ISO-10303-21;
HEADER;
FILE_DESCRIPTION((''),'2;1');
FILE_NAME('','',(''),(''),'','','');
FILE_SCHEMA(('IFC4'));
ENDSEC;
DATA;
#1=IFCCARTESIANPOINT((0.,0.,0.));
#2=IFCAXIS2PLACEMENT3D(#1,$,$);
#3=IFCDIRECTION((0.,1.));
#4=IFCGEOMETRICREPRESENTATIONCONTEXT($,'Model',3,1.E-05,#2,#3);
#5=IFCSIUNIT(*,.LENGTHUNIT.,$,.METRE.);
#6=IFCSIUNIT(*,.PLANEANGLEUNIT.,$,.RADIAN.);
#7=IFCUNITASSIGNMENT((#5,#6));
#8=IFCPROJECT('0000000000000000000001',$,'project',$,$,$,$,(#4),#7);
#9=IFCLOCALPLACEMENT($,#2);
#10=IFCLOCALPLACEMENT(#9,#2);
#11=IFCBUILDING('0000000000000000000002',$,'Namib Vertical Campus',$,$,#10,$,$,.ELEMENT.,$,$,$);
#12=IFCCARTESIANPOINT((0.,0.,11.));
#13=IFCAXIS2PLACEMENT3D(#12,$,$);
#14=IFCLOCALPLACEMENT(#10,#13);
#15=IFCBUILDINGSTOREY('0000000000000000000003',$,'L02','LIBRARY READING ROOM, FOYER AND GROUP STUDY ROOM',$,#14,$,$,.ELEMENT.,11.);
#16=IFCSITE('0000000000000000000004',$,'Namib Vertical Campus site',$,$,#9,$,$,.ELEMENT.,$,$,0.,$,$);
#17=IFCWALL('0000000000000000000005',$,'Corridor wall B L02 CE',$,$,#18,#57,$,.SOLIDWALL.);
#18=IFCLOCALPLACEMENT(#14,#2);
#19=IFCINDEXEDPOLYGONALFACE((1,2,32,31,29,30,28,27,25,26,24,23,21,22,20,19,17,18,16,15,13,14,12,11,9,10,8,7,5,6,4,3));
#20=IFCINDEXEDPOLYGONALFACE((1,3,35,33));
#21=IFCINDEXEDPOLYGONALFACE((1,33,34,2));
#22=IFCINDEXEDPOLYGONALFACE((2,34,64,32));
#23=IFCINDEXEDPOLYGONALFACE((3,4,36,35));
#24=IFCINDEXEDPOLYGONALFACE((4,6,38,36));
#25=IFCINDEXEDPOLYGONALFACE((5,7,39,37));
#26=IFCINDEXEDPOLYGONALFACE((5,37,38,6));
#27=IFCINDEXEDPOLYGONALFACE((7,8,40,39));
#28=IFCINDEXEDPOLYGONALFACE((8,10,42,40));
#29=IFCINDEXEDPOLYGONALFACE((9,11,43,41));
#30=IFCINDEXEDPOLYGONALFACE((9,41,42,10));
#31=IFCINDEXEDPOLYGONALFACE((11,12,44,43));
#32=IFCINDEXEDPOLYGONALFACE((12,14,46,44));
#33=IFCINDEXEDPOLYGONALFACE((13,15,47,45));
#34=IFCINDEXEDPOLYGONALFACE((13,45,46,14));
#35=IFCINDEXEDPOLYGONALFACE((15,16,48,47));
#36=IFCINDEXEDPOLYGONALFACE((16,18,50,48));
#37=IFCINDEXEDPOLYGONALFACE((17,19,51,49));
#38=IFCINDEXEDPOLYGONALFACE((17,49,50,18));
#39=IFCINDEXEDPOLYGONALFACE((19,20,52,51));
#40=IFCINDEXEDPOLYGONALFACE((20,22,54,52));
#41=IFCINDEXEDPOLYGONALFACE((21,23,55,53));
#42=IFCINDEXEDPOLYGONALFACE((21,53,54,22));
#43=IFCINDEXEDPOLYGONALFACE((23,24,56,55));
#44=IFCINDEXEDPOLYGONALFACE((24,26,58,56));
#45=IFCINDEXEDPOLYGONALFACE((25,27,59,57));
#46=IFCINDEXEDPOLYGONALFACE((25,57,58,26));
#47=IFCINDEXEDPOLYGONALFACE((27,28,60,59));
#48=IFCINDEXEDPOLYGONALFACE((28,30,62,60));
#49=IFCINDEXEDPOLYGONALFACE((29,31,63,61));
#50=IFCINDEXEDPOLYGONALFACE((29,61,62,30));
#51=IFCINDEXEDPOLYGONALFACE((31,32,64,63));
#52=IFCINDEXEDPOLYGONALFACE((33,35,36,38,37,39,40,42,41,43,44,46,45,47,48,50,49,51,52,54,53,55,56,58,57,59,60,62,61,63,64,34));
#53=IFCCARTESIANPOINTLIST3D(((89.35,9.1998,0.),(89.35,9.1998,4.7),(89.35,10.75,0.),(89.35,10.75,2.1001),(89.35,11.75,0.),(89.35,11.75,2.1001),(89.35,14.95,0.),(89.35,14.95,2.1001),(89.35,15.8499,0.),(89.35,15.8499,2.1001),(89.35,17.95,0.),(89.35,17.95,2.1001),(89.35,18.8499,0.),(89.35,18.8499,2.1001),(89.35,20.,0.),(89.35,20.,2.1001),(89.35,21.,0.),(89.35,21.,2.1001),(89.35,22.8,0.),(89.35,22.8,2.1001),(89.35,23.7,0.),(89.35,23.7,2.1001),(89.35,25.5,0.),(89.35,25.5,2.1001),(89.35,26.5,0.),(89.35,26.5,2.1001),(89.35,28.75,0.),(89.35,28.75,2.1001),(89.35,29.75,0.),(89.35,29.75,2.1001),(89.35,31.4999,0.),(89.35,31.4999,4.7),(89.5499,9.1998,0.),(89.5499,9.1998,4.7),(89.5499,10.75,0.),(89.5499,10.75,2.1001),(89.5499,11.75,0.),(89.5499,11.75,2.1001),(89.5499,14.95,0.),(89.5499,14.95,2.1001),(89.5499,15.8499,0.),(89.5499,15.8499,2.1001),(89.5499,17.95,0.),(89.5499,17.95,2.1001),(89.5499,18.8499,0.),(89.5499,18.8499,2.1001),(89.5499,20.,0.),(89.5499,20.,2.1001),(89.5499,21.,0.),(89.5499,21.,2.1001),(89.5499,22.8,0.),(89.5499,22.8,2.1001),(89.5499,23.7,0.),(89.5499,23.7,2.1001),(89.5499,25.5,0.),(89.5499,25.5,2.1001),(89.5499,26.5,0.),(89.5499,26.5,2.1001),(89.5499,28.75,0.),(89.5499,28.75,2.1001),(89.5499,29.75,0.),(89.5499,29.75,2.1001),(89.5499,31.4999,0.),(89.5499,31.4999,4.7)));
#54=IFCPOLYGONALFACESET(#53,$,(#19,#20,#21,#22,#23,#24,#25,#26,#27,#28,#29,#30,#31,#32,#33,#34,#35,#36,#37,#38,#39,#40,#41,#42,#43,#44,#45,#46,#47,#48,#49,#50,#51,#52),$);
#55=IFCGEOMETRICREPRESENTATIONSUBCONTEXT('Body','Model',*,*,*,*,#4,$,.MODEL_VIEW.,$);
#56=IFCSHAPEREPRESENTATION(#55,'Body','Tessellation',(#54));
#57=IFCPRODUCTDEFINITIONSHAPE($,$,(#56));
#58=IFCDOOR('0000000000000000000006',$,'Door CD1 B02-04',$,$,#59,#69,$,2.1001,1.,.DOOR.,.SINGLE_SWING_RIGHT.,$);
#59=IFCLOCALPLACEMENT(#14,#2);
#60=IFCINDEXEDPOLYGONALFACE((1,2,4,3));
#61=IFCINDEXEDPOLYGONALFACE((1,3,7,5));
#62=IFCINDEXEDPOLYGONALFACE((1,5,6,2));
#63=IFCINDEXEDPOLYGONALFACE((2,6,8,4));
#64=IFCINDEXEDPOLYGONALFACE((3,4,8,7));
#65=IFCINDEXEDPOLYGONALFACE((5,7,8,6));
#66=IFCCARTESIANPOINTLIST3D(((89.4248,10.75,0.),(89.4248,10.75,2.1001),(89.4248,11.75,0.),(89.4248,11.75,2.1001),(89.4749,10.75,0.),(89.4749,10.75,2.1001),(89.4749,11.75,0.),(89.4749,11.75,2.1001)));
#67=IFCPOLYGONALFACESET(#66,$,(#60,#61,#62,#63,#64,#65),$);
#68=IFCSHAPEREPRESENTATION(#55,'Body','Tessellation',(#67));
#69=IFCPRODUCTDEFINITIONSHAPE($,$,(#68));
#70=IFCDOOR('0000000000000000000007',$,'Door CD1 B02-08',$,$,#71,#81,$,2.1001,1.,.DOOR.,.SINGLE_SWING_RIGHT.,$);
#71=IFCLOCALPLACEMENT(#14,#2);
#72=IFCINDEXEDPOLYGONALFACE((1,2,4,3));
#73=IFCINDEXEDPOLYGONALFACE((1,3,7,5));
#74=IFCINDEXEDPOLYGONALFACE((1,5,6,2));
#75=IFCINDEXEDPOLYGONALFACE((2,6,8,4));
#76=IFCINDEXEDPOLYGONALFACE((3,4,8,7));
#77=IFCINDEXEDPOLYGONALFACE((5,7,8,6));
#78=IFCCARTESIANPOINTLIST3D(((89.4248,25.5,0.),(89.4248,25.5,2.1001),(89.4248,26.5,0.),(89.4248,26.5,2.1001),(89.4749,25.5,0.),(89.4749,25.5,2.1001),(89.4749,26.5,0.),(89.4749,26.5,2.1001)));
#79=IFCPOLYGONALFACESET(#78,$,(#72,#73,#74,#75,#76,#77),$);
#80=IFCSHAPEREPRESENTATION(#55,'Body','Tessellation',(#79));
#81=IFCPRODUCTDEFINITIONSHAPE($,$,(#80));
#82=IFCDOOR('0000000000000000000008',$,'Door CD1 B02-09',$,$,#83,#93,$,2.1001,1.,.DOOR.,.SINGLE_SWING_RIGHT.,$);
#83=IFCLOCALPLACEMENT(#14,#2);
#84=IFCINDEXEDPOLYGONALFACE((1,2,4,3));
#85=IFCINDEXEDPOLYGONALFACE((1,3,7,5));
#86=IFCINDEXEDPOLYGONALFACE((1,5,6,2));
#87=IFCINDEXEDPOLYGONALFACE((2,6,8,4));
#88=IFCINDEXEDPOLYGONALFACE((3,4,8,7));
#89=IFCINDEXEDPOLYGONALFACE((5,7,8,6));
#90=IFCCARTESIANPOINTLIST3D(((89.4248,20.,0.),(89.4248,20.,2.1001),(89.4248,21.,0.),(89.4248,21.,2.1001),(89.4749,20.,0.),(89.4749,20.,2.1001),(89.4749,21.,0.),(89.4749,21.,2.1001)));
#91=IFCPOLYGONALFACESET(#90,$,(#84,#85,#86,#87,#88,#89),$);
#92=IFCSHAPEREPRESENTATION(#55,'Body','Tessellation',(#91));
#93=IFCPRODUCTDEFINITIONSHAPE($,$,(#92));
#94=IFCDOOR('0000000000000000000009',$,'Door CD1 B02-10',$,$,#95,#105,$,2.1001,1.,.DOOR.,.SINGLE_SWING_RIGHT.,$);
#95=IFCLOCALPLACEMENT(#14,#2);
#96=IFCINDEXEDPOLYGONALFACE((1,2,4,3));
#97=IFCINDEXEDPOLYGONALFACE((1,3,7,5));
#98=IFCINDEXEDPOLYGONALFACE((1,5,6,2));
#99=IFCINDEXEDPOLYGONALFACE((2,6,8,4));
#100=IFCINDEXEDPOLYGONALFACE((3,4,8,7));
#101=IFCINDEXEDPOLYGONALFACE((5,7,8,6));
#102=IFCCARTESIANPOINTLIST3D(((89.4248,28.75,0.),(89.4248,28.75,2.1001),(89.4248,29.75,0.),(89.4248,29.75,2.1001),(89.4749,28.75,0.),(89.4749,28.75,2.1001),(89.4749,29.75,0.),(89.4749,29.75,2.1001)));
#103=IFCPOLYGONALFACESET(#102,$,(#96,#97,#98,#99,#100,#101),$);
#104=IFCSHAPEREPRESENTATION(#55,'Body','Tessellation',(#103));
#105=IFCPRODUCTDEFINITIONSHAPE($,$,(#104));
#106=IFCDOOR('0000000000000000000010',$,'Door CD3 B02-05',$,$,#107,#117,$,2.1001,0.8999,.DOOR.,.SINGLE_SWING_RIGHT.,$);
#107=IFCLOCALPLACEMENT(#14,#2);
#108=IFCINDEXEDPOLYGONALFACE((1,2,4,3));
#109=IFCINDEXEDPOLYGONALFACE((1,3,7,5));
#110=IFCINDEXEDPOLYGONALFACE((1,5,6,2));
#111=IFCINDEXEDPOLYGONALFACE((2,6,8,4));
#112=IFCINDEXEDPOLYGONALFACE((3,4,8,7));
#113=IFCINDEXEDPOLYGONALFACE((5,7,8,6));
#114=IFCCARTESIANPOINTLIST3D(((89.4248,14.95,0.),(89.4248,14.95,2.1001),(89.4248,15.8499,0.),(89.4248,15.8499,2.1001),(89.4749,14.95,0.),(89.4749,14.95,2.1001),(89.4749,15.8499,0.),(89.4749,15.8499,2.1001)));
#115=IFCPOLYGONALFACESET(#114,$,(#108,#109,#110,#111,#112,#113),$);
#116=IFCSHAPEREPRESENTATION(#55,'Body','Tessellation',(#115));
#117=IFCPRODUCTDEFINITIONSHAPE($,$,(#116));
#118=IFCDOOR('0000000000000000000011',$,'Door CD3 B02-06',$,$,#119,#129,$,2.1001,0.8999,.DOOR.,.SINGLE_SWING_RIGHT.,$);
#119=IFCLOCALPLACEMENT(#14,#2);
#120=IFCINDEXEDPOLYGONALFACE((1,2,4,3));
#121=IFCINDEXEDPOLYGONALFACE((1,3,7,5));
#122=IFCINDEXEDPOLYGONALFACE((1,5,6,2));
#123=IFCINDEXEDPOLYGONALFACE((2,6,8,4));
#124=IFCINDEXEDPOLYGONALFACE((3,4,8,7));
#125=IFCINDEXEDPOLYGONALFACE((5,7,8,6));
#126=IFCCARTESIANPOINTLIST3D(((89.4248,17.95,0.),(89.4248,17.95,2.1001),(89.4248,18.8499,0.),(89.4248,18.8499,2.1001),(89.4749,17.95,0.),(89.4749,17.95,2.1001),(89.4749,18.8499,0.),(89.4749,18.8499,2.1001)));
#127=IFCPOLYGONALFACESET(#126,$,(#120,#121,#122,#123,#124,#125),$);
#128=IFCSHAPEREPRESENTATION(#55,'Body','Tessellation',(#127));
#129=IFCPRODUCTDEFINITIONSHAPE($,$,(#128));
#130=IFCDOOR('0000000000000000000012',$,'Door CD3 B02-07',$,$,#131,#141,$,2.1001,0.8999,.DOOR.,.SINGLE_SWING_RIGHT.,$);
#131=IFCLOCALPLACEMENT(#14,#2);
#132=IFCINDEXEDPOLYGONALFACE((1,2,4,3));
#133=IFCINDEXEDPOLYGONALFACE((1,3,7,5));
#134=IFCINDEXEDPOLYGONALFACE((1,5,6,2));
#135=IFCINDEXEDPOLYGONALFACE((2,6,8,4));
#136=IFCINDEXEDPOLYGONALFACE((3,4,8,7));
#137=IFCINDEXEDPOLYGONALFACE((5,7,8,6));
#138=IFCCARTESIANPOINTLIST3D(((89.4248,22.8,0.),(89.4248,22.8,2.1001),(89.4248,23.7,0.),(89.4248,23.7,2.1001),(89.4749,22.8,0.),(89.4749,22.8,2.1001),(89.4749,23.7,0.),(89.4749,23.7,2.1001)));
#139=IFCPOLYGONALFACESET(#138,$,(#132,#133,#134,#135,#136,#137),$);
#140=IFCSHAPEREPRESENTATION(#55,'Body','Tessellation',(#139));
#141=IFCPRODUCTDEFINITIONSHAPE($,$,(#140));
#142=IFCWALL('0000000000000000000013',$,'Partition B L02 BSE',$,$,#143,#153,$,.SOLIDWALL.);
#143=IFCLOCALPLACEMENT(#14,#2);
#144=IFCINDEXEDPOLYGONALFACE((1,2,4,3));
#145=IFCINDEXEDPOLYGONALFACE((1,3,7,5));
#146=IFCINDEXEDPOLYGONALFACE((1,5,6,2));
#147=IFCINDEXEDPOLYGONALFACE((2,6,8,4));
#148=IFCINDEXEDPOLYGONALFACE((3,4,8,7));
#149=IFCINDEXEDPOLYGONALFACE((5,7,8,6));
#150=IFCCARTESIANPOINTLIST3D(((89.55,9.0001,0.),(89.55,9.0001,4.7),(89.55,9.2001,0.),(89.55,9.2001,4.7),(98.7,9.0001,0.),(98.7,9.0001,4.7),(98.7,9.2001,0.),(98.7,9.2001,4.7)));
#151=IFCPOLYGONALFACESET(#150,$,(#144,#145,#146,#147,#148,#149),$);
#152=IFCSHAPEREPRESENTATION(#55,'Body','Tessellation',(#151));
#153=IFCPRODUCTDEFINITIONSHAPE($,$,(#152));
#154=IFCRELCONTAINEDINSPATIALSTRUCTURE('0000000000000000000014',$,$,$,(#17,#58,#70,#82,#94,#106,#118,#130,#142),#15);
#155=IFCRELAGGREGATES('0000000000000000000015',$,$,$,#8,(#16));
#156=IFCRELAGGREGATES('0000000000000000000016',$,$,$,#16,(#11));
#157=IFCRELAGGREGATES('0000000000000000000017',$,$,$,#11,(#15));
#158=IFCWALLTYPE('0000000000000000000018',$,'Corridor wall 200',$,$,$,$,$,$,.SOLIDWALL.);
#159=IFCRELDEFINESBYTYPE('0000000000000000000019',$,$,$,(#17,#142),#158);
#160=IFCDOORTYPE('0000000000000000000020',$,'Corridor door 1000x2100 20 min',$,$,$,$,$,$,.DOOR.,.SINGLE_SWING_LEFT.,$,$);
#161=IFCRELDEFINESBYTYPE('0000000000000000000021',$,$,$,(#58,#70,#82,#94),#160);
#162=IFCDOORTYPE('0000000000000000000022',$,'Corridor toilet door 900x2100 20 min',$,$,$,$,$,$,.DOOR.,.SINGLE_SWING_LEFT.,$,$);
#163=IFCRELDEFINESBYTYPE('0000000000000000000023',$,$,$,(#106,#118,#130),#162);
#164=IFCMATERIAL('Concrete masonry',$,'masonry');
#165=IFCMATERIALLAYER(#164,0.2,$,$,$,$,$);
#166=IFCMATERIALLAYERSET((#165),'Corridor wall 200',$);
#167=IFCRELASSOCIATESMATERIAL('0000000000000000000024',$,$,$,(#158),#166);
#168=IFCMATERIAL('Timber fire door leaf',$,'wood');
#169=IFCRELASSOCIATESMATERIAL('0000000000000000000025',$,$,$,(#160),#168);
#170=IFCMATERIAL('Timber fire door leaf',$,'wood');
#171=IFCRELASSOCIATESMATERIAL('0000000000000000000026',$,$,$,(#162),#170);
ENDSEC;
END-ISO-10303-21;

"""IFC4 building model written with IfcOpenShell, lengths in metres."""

from ifc_helpers import new_model, si_unit, direction, frame, frame_2d, origin, place, context, subcontext, project, spatial, rectangle, extrude, material, layer, layer_set, type_object, element, fill, save


model = new_model("IFC4")

# Units and contexts
model_context = context("Model", 3, precision=1e-05, world=origin(), true_north=direction((0.0, 1.0)))
body_context = subcontext(model_context, "Body", "Model", "MODEL_VIEW")
ifc_project = project(units=[si_unit("LENGTHUNIT", "METRE"), si_unit("PLANEANGLEUNIT", "RADIAN")], contexts=[model_context])

# Site, building, storey
site_placement = place(None, origin())
site = spatial("IfcSite", under=ifc_project, at=site_placement, Name="Namib Vertical Campus site", CompositionType="ELEMENT", RefElevation=0.0)
building_placement = place(site_placement, origin())
building = spatial("IfcBuilding", under=site, at=building_placement, Name="Namib Vertical Campus", CompositionType="ELEMENT")
storey_placement = place(building_placement, frame((0.0, 0.0, 11.0)))
storey = spatial("IfcBuildingStorey", under=building, at=storey_placement, Name="L02", Description="LIBRARY READING ROOM, FOYER AND GROUP STUDY ROOM", CompositionType="ELEMENT", Elevation=11.0)

# Wall, openings, doors
ifc_material_1 = material(Name="Concrete masonry", Category="masonry")
ifc_layer_1 = layer(ifc_material_1, 0.2)
ifc_layer_set_1 = layer_set([ifc_layer_1], Name="Corridor wall 200")
wall_type_1 = type_object("IfcWallType", Name="Corridor wall 200", PredefinedType="SOLIDWALL", material=ifc_layer_set_1)
wall_1_placement = place(storey_placement, frame((89.45, 9.2, 0.0), z_axis=(0.0, 0.0, 1.0), x_axis=(0.0, 1.0, 0.0)))
wall_1 = element("IfcWall", 1, at=wall_1_placement, inside=storey, type_object=wall_type_1, Name="Corridor wall B L02 CE", PredefinedType="SOLIDWALL", context=body_context, shape_type="SweptSolid", body=[
    extrude(rectangle(XDim=22.3, YDim=0.2, at=frame_2d((11.1499, 0.0))), origin(), (0.0, 0.0, 1.0), 4.7),
])
opening_1_placement = place(wall_1_placement, frame((1.55, 0.0, 0.0)))
opening_1 = element("IfcOpeningElement", 2, at=opening_1_placement, cuts=wall_1, PredefinedType="OPENING", context=body_context, shape_type="SweptSolid", body=[
    extrude(rectangle(XDim=1.0, YDim=2.1001, at=frame_2d((0.5, 1.05))), frame((0.0, 0.1099, 0.0), z_axis=(0.0, -1.0, 0.0), x_axis=(1.0, 0.0, 0.0)), (0.0, 0.0, 1.0), 0.22),
])
opening_2_placement = place(wall_1_placement, frame((5.75, 0.0, 0.0)))
opening_2 = element("IfcOpeningElement", 3, at=opening_2_placement, cuts=wall_1, PredefinedType="OPENING", context=body_context, shape_type="SweptSolid", body=[
    extrude(rectangle(XDim=0.8999, YDim=2.1001, at=frame_2d((0.45, 1.05))), frame((0.0, 0.1099, 0.0), z_axis=(0.0, -1.0, 0.0), x_axis=(1.0, 0.0, 0.0)), (0.0, 0.0, 1.0), 0.22),
])
opening_3_placement = place(wall_1_placement, frame((8.75, 0.0, 0.0)))
opening_3 = element("IfcOpeningElement", 4, at=opening_3_placement, cuts=wall_1, PredefinedType="OPENING", context=body_context, shape_type="SweptSolid", body=[
    extrude(rectangle(XDim=0.8999, YDim=2.1001, at=frame_2d((0.45, 1.05))), frame((0.0, 0.1099, 0.0), z_axis=(0.0, -1.0, 0.0), x_axis=(1.0, 0.0, 0.0)), (0.0, 0.0, 1.0), 0.22),
])
opening_4_placement = place(wall_1_placement, frame((13.6001, 0.0, 0.0)))
opening_4 = element("IfcOpeningElement", 5, at=opening_4_placement, cuts=wall_1, PredefinedType="OPENING", context=body_context, shape_type="SweptSolid", body=[
    extrude(rectangle(XDim=0.8999, YDim=2.1001, at=frame_2d((0.45, 1.05))), frame((0.0, 0.1099, 0.0), z_axis=(0.0, -1.0, 0.0), x_axis=(1.0, 0.0, 0.0)), (0.0, 0.0, 1.0), 0.22),
])
opening_5_placement = place(wall_1_placement, frame((16.3, 0.0, 0.0)))
opening_5 = element("IfcOpeningElement", 6, at=opening_5_placement, cuts=wall_1, PredefinedType="OPENING", context=body_context, shape_type="SweptSolid", body=[
    extrude(rectangle(XDim=1.0, YDim=2.1001, at=frame_2d((0.5, 1.05))), frame((0.0, 0.1099, 0.0), z_axis=(0.0, -1.0, 0.0), x_axis=(1.0, 0.0, 0.0)), (0.0, 0.0, 1.0), 0.22),
])
opening_6_placement = place(wall_1_placement, frame((10.8, 0.0, 0.0)))
opening_6 = element("IfcOpeningElement", 7, at=opening_6_placement, cuts=wall_1, PredefinedType="OPENING", context=body_context, shape_type="SweptSolid", body=[
    extrude(rectangle(XDim=1.0, YDim=2.1001, at=frame_2d((0.5, 1.05))), frame((0.0, 0.1099, 0.0), z_axis=(0.0, -1.0, 0.0), x_axis=(1.0, 0.0, 0.0)), (0.0, 0.0, 1.0), 0.22),
])
opening_7_placement = place(wall_1_placement, frame((19.55, 0.0, 0.0)))
opening_7 = element("IfcOpeningElement", 8, at=opening_7_placement, cuts=wall_1, PredefinedType="OPENING", context=body_context, shape_type="SweptSolid", body=[
    extrude(rectangle(XDim=1.0, YDim=2.1001, at=frame_2d((0.5, 1.05))), frame((0.0, 0.1099, 0.0), z_axis=(0.0, -1.0, 0.0), x_axis=(1.0, 0.0, 0.0)), (0.0, 0.0, 1.0), 0.22),
])
ifc_material_2 = material(Name="Timber fire door leaf", Category="wood")
door_type_1 = type_object("IfcDoorType", Name="Corridor door 1000x2100 20 min", OperationType="SINGLE_SWING_LEFT", PredefinedType="DOOR", material=ifc_material_2)
door_1_placement = place(opening_1_placement, frame((1.0, 0.0, 0.0), z_axis=(0.0, 0.0, 1.0), x_axis=(-1.0, 0.0, 0.0)))
door_1 = element("IfcDoor", 9, at=door_1_placement, inside=storey, type_object=door_type_1, Name="Door CD1 B02-04", OperationType="SINGLE_SWING_RIGHT", OverallHeight=2.1001, OverallWidth=1.0, PredefinedType="DOOR", context=body_context, shape_type="SweptSolid", body=[
    extrude(rectangle(XDim=1.0, YDim=2.1001, at=frame_2d((0.5, 1.05))), frame((0.0, 0.0249, 0.0), z_axis=(0.0, -1.0, 0.0), x_axis=(1.0, 0.0, 0.0)), (0.0, 0.0, 1.0), 0.05),
])
fill(opening_1, door_1)
door_2_placement = place(opening_5_placement, frame((1.0, 0.0, 0.0), z_axis=(0.0, 0.0, 1.0), x_axis=(-1.0, 0.0, 0.0)))
door_2 = element("IfcDoor", 10, at=door_2_placement, inside=storey, type_object=door_type_1, Name="Door CD1 B02-08", OperationType="SINGLE_SWING_RIGHT", OverallHeight=2.1001, OverallWidth=1.0, PredefinedType="DOOR", context=body_context, shape_type="SweptSolid", body=[
    extrude(rectangle(XDim=1.0, YDim=2.1001, at=frame_2d((0.5, 1.05))), frame((0.0, 0.0249, 0.0), z_axis=(0.0, -1.0, 0.0), x_axis=(1.0, 0.0, 0.0)), (0.0, 0.0, 1.0), 0.05),
])
fill(opening_5, door_2)
door_3_placement = place(opening_6_placement, frame((1.0, 0.0, 0.0), z_axis=(0.0, 0.0, 1.0), x_axis=(-1.0, 0.0, 0.0)))
door_3 = element("IfcDoor", 11, at=door_3_placement, inside=storey, type_object=door_type_1, Name="Door CD1 B02-09", OperationType="SINGLE_SWING_RIGHT", OverallHeight=2.1001, OverallWidth=1.0, PredefinedType="DOOR", context=body_context, shape_type="SweptSolid", body=[
    extrude(rectangle(XDim=1.0, YDim=2.1001, at=frame_2d((0.5, 1.05))), frame((0.0, 0.0249, 0.0), z_axis=(0.0, -1.0, 0.0), x_axis=(1.0, 0.0, 0.0)), (0.0, 0.0, 1.0), 0.05),
])
fill(opening_6, door_3)
door_4_placement = place(opening_7_placement, frame((1.0, 0.0, 0.0), z_axis=(0.0, 0.0, 1.0), x_axis=(-1.0, 0.0, 0.0)))
door_4 = element("IfcDoor", 12, at=door_4_placement, inside=storey, type_object=door_type_1, Name="Door CD1 B02-10", OperationType="SINGLE_SWING_RIGHT", OverallHeight=2.1001, OverallWidth=1.0, PredefinedType="DOOR", context=body_context, shape_type="SweptSolid", body=[
    extrude(rectangle(XDim=1.0, YDim=2.1001, at=frame_2d((0.5, 1.05))), frame((0.0, 0.0249, 0.0), z_axis=(0.0, -1.0, 0.0), x_axis=(1.0, 0.0, 0.0)), (0.0, 0.0, 1.0), 0.05),
])
fill(opening_7, door_4)
ifc_material_3 = material(Name="Timber fire door leaf", Category="wood")
door_type_2 = type_object("IfcDoorType", Name="Corridor toilet door 900x2100 20 min", OperationType="SINGLE_SWING_LEFT", PredefinedType="DOOR", material=ifc_material_3)
door_5_placement = place(opening_2_placement, frame((0.8999, 0.0, 0.0), z_axis=(0.0, 0.0, 1.0), x_axis=(-1.0, 0.0, 0.0)))
door_5 = element("IfcDoor", 13, at=door_5_placement, inside=storey, type_object=door_type_2, Name="Door CD3 B02-05", OperationType="SINGLE_SWING_RIGHT", OverallHeight=2.1001, OverallWidth=0.8999, PredefinedType="DOOR", context=body_context, shape_type="SweptSolid", body=[
    extrude(rectangle(XDim=0.8999, YDim=2.1001, at=frame_2d((0.45, 1.05))), frame((0.0, 0.0249, 0.0), z_axis=(0.0, -1.0, 0.0), x_axis=(1.0, 0.0, 0.0)), (0.0, 0.0, 1.0), 0.05),
])
fill(opening_2, door_5)
door_6_placement = place(opening_3_placement, frame((0.8999, 0.0, 0.0), z_axis=(0.0, 0.0, 1.0), x_axis=(-1.0, 0.0, 0.0)))
door_6 = element("IfcDoor", 14, at=door_6_placement, inside=storey, type_object=door_type_2, Name="Door CD3 B02-06", OperationType="SINGLE_SWING_RIGHT", OverallHeight=2.1001, OverallWidth=0.8999, PredefinedType="DOOR", context=body_context, shape_type="SweptSolid", body=[
    extrude(rectangle(XDim=0.8999, YDim=2.1001, at=frame_2d((0.45, 1.05))), frame((0.0, 0.0249, 0.0), z_axis=(0.0, -1.0, 0.0), x_axis=(1.0, 0.0, 0.0)), (0.0, 0.0, 1.0), 0.05),
])
fill(opening_3, door_6)
door_7_placement = place(opening_4_placement, frame((0.8999, 0.0, 0.0), z_axis=(0.0, 0.0, 1.0), x_axis=(-1.0, 0.0, 0.0)))
door_7 = element("IfcDoor", 15, at=door_7_placement, inside=storey, type_object=door_type_2, Name="Door CD3 B02-07", OperationType="SINGLE_SWING_RIGHT", OverallHeight=2.1001, OverallWidth=0.8999, PredefinedType="DOOR", context=body_context, shape_type="SweptSolid", body=[
    extrude(rectangle(XDim=0.8999, YDim=2.1001, at=frame_2d((0.45, 1.05))), frame((0.0, 0.0249, 0.0), z_axis=(0.0, -1.0, 0.0), x_axis=(1.0, 0.0, 0.0)), (0.0, 0.0, 1.0), 0.05),
])
fill(opening_4, door_7)

# Wall
wall_2_placement = place(storey_placement, frame((89.55, 9.1001, 0.0), z_axis=(0.0, 0.0, 1.0), x_axis=(1.0, 0.0, 0.0)))
element("IfcWall", 16, at=wall_2_placement, inside=storey, type_object=wall_type_1, Name="Partition B L02 BSE", PredefinedType="SOLIDWALL", context=body_context, shape_type="SweptSolid", body=[
    extrude(rectangle(XDim=9.1499, YDim=0.2, at=frame_2d((4.575, 0.0))), origin(), (0.0, 0.0, 1.0), 4.7),
])

save(model, "model.ifc")
